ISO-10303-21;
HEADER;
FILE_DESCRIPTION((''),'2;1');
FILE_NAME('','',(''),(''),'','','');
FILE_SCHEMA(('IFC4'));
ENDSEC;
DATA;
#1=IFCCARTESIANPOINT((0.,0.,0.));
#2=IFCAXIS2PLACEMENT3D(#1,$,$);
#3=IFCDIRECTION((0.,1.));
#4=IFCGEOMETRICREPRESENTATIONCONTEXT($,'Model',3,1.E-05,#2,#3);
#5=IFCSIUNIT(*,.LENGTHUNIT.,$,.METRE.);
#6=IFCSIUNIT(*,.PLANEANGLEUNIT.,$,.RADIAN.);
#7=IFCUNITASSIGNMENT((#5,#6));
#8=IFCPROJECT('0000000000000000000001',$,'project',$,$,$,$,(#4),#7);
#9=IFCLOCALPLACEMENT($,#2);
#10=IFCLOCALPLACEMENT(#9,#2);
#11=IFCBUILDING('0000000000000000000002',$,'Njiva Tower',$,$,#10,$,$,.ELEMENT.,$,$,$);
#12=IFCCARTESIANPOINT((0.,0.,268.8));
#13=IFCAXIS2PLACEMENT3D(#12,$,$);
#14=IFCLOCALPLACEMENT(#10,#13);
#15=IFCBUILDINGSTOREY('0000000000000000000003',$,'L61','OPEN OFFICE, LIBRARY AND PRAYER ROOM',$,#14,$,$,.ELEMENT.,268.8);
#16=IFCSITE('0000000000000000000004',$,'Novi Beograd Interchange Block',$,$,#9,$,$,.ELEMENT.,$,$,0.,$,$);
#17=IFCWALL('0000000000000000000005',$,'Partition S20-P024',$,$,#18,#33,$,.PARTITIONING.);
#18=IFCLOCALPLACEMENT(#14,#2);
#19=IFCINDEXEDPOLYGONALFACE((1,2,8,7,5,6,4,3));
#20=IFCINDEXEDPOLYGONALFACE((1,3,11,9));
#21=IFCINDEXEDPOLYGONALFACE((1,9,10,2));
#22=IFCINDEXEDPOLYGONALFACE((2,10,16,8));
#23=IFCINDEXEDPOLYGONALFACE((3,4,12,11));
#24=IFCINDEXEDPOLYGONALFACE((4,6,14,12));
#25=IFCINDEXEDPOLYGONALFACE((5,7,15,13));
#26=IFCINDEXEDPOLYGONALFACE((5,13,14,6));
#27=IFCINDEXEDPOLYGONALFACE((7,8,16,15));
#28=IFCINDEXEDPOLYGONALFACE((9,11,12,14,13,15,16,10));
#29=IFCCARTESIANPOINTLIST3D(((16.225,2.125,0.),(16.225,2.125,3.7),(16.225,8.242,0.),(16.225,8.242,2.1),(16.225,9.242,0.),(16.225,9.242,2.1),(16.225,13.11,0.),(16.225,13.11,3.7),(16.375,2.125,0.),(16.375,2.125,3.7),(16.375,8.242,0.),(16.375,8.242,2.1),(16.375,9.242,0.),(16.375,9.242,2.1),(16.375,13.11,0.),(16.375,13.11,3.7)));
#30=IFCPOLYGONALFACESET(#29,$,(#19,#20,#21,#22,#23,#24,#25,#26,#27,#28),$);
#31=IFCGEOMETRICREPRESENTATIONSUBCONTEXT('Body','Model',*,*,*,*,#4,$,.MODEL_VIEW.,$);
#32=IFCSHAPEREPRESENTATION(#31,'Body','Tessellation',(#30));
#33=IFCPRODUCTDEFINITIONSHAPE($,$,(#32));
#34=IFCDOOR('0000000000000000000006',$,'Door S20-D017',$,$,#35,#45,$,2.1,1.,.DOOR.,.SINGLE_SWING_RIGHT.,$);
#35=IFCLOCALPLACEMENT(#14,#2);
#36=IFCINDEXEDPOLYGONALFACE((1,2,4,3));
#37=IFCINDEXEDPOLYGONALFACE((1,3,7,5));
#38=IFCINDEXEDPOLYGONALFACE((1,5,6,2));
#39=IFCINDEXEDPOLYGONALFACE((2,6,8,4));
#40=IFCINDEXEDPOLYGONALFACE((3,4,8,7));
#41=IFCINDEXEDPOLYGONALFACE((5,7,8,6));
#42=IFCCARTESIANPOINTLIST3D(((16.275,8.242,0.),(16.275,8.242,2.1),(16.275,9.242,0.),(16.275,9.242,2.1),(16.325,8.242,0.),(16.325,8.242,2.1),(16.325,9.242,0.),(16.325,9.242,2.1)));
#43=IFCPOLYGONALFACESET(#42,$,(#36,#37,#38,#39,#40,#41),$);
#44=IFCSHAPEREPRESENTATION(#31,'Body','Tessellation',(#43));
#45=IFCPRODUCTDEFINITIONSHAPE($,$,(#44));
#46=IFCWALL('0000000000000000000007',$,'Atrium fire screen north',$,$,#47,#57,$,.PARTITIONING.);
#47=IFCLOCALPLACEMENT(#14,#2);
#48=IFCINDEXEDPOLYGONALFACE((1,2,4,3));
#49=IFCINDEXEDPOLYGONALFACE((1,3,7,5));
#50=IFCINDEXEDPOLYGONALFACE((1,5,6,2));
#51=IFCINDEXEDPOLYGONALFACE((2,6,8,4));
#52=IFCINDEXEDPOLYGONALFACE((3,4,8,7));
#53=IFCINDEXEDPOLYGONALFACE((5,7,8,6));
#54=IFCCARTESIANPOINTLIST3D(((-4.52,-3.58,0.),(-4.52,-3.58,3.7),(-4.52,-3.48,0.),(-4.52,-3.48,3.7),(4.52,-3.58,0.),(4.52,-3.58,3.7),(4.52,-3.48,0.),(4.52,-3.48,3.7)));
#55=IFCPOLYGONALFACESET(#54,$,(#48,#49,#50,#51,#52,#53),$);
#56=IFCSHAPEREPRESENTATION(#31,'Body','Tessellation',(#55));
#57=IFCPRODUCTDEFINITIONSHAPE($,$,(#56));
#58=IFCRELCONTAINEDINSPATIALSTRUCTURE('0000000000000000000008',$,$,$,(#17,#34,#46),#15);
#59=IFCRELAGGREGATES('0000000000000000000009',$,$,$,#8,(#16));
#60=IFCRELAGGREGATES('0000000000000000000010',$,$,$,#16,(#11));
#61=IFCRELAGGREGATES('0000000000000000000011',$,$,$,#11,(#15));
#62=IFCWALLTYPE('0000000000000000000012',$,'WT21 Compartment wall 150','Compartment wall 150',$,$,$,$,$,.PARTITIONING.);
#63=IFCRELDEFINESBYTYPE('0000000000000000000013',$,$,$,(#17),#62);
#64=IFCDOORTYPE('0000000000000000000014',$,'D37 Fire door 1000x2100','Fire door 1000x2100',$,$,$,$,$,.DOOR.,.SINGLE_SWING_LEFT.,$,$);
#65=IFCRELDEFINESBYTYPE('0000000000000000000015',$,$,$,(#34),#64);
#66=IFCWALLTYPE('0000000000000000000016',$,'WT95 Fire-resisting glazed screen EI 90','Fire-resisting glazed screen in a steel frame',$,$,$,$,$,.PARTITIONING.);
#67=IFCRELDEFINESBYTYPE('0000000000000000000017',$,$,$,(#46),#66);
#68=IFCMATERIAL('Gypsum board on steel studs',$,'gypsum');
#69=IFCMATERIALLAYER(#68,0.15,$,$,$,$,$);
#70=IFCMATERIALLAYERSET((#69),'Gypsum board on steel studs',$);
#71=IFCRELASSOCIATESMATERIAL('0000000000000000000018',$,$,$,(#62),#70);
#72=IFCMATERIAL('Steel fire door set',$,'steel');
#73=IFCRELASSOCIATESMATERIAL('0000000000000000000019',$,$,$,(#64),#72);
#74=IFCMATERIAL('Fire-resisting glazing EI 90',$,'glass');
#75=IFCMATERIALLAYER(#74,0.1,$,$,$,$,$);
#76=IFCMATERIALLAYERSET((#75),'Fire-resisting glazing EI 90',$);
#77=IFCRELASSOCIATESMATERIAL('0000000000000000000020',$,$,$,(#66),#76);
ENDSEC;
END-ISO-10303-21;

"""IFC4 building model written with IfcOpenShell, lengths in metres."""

from ifc_helpers import new_model, si_unit, direction, frame, frame_2d, origin, place, context, subcontext, project, spatial, rectangle, extrude, material, layer, layer_set, type_object, element, fill, save


model = new_model("IFC4")

# Units and contexts
model_context = context("Model", 3, precision=1e-05, world=origin(), true_north=direction((0.0, 1.0)))
body_context = subcontext(model_context, "Body", "Model", "MODEL_VIEW")
ifc_project = project(units=[si_unit("LENGTHUNIT", "METRE"), si_unit("PLANEANGLEUNIT", "RADIAN")], contexts=[model_context])

# Site, building, storey
site_placement = place(None, origin())
site = spatial("IfcSite", under=ifc_project, at=site_placement, Name="Novi Beograd Interchange Block", CompositionType="ELEMENT", RefElevation=0.0)
building_placement = place(site_placement, origin())
building = spatial("IfcBuilding", under=site, at=building_placement, Name="Njiva Tower", CompositionType="ELEMENT")
storey_placement = place(building_placement, frame((0.0, 0.0, 268.8)))
storey = spatial("IfcBuildingStorey", under=building, at=storey_placement, Name="L61", Description="OPEN OFFICE, LIBRARY AND PRAYER ROOM", CompositionType="ELEMENT", Elevation=268.8)

# Shared definitions
ifc_material_1 = material(Name="Gypsum board on steel studs", Category="gypsum")

# Shared definitions
ifc_layer_1 = layer(ifc_material_1, 0.15)
ifc_layer_set_1 = layer_set([ifc_layer_1], Name="Gypsum board on steel studs")
wall_type_1 = type_object("IfcWallType", Name="WT21 Compartment wall 150", Description="Compartment wall 150", PredefinedType="PARTITIONING", material=ifc_layer_set_1)
ifc_material_2 = material(Name="Steel fire door set", Category="steel")
door_type = type_object("IfcDoorType", Name="D37 Fire door 1000x2100", Description="Fire door 1000x2100", OperationType="SINGLE_SWING_LEFT", PredefinedType="DOOR", material=ifc_material_2)

# Wall, opening, door
wall_1_placement = place(storey_placement, frame((16.3, 2.125, 0.0), z_axis=(0.0, 0.0, 1.0), x_axis=(0.0, 1.0, 0.0)))
wall_1 = element("IfcWall", 1, at=wall_1_placement, inside=storey, type_object=wall_type_1, Name="Partition S20-P024", PredefinedType="PARTITIONING", context=body_context, shape_type="SweptSolid", body=[
    extrude(rectangle(XDim=10.985, YDim=0.15, at=frame_2d((5.4925, 0.0))), origin(), (0.0, 0.0, 1.0), 3.7),
])
opening_1_placement = place(wall_1_placement, frame((6.117, 0.0, 0.0)))
opening_1 = element("IfcOpeningElement", 2, at=opening_1_placement, cuts=wall_1, PredefinedType="OPENING", context=body_context, shape_type="SweptSolid", body=[
    extrude(rectangle(XDim=1.0, YDim=2.1, at=frame_2d((0.5, 1.05))), frame((0.0, 0.085, 0.0), z_axis=(0.0, -1.0, 0.0), x_axis=(1.0, 0.0, 0.0)), (0.0, 0.0, 1.0), 0.17),
])
door_1_placement = place(opening_1_placement, origin())
door_1 = element("IfcDoor", 3, at=door_1_placement, inside=storey, type_object=door_type, Name="Door S20-D017", OperationType="SINGLE_SWING_RIGHT", OverallHeight=2.1, OverallWidth=1.0, PredefinedType="DOOR", context=body_context, shape_type="SweptSolid", body=[
    extrude(rectangle(XDim=1.0, YDim=2.1, at=frame_2d((0.5, 1.05))), frame((0.0, 0.025, 0.0), z_axis=(0.0, -1.0, 0.0), x_axis=(1.0, 0.0, 0.0)), (0.0, 0.0, 1.0), 0.05),
])
fill(opening_1, door_1)

# Wall
ifc_material_3 = material(Name="Fire-resisting glazing EI 90", Category="glass")
ifc_layer_2 = layer(ifc_material_3, 0.1)
ifc_layer_set_2 = layer_set([ifc_layer_2], Name="Fire-resisting glazing EI 90")
wall_type_2 = type_object("IfcWallType", Name="WT95 Fire-resisting glazed screen EI 90", Description="Fire-resisting glazed screen in a steel frame", PredefinedType="PARTITIONING", material=ifc_layer_set_2)
wall_2_placement = place(storey_placement, frame((4.52, -3.53, 0.0), z_axis=(0.0, 0.0, 1.0), x_axis=(-1.0, 0.0, 0.0)))
element("IfcWall", 4, at=wall_2_placement, inside=storey, type_object=wall_type_2, Name="Atrium fire screen north", PredefinedType="PARTITIONING", context=body_context, shape_type="SweptSolid", body=[
    extrude(rectangle(XDim=9.04, YDim=0.1, at=frame_2d((4.52, 0.0))), origin(), (0.0, 0.0, 1.0), 3.7),
])

save(model, "model.ifc")
